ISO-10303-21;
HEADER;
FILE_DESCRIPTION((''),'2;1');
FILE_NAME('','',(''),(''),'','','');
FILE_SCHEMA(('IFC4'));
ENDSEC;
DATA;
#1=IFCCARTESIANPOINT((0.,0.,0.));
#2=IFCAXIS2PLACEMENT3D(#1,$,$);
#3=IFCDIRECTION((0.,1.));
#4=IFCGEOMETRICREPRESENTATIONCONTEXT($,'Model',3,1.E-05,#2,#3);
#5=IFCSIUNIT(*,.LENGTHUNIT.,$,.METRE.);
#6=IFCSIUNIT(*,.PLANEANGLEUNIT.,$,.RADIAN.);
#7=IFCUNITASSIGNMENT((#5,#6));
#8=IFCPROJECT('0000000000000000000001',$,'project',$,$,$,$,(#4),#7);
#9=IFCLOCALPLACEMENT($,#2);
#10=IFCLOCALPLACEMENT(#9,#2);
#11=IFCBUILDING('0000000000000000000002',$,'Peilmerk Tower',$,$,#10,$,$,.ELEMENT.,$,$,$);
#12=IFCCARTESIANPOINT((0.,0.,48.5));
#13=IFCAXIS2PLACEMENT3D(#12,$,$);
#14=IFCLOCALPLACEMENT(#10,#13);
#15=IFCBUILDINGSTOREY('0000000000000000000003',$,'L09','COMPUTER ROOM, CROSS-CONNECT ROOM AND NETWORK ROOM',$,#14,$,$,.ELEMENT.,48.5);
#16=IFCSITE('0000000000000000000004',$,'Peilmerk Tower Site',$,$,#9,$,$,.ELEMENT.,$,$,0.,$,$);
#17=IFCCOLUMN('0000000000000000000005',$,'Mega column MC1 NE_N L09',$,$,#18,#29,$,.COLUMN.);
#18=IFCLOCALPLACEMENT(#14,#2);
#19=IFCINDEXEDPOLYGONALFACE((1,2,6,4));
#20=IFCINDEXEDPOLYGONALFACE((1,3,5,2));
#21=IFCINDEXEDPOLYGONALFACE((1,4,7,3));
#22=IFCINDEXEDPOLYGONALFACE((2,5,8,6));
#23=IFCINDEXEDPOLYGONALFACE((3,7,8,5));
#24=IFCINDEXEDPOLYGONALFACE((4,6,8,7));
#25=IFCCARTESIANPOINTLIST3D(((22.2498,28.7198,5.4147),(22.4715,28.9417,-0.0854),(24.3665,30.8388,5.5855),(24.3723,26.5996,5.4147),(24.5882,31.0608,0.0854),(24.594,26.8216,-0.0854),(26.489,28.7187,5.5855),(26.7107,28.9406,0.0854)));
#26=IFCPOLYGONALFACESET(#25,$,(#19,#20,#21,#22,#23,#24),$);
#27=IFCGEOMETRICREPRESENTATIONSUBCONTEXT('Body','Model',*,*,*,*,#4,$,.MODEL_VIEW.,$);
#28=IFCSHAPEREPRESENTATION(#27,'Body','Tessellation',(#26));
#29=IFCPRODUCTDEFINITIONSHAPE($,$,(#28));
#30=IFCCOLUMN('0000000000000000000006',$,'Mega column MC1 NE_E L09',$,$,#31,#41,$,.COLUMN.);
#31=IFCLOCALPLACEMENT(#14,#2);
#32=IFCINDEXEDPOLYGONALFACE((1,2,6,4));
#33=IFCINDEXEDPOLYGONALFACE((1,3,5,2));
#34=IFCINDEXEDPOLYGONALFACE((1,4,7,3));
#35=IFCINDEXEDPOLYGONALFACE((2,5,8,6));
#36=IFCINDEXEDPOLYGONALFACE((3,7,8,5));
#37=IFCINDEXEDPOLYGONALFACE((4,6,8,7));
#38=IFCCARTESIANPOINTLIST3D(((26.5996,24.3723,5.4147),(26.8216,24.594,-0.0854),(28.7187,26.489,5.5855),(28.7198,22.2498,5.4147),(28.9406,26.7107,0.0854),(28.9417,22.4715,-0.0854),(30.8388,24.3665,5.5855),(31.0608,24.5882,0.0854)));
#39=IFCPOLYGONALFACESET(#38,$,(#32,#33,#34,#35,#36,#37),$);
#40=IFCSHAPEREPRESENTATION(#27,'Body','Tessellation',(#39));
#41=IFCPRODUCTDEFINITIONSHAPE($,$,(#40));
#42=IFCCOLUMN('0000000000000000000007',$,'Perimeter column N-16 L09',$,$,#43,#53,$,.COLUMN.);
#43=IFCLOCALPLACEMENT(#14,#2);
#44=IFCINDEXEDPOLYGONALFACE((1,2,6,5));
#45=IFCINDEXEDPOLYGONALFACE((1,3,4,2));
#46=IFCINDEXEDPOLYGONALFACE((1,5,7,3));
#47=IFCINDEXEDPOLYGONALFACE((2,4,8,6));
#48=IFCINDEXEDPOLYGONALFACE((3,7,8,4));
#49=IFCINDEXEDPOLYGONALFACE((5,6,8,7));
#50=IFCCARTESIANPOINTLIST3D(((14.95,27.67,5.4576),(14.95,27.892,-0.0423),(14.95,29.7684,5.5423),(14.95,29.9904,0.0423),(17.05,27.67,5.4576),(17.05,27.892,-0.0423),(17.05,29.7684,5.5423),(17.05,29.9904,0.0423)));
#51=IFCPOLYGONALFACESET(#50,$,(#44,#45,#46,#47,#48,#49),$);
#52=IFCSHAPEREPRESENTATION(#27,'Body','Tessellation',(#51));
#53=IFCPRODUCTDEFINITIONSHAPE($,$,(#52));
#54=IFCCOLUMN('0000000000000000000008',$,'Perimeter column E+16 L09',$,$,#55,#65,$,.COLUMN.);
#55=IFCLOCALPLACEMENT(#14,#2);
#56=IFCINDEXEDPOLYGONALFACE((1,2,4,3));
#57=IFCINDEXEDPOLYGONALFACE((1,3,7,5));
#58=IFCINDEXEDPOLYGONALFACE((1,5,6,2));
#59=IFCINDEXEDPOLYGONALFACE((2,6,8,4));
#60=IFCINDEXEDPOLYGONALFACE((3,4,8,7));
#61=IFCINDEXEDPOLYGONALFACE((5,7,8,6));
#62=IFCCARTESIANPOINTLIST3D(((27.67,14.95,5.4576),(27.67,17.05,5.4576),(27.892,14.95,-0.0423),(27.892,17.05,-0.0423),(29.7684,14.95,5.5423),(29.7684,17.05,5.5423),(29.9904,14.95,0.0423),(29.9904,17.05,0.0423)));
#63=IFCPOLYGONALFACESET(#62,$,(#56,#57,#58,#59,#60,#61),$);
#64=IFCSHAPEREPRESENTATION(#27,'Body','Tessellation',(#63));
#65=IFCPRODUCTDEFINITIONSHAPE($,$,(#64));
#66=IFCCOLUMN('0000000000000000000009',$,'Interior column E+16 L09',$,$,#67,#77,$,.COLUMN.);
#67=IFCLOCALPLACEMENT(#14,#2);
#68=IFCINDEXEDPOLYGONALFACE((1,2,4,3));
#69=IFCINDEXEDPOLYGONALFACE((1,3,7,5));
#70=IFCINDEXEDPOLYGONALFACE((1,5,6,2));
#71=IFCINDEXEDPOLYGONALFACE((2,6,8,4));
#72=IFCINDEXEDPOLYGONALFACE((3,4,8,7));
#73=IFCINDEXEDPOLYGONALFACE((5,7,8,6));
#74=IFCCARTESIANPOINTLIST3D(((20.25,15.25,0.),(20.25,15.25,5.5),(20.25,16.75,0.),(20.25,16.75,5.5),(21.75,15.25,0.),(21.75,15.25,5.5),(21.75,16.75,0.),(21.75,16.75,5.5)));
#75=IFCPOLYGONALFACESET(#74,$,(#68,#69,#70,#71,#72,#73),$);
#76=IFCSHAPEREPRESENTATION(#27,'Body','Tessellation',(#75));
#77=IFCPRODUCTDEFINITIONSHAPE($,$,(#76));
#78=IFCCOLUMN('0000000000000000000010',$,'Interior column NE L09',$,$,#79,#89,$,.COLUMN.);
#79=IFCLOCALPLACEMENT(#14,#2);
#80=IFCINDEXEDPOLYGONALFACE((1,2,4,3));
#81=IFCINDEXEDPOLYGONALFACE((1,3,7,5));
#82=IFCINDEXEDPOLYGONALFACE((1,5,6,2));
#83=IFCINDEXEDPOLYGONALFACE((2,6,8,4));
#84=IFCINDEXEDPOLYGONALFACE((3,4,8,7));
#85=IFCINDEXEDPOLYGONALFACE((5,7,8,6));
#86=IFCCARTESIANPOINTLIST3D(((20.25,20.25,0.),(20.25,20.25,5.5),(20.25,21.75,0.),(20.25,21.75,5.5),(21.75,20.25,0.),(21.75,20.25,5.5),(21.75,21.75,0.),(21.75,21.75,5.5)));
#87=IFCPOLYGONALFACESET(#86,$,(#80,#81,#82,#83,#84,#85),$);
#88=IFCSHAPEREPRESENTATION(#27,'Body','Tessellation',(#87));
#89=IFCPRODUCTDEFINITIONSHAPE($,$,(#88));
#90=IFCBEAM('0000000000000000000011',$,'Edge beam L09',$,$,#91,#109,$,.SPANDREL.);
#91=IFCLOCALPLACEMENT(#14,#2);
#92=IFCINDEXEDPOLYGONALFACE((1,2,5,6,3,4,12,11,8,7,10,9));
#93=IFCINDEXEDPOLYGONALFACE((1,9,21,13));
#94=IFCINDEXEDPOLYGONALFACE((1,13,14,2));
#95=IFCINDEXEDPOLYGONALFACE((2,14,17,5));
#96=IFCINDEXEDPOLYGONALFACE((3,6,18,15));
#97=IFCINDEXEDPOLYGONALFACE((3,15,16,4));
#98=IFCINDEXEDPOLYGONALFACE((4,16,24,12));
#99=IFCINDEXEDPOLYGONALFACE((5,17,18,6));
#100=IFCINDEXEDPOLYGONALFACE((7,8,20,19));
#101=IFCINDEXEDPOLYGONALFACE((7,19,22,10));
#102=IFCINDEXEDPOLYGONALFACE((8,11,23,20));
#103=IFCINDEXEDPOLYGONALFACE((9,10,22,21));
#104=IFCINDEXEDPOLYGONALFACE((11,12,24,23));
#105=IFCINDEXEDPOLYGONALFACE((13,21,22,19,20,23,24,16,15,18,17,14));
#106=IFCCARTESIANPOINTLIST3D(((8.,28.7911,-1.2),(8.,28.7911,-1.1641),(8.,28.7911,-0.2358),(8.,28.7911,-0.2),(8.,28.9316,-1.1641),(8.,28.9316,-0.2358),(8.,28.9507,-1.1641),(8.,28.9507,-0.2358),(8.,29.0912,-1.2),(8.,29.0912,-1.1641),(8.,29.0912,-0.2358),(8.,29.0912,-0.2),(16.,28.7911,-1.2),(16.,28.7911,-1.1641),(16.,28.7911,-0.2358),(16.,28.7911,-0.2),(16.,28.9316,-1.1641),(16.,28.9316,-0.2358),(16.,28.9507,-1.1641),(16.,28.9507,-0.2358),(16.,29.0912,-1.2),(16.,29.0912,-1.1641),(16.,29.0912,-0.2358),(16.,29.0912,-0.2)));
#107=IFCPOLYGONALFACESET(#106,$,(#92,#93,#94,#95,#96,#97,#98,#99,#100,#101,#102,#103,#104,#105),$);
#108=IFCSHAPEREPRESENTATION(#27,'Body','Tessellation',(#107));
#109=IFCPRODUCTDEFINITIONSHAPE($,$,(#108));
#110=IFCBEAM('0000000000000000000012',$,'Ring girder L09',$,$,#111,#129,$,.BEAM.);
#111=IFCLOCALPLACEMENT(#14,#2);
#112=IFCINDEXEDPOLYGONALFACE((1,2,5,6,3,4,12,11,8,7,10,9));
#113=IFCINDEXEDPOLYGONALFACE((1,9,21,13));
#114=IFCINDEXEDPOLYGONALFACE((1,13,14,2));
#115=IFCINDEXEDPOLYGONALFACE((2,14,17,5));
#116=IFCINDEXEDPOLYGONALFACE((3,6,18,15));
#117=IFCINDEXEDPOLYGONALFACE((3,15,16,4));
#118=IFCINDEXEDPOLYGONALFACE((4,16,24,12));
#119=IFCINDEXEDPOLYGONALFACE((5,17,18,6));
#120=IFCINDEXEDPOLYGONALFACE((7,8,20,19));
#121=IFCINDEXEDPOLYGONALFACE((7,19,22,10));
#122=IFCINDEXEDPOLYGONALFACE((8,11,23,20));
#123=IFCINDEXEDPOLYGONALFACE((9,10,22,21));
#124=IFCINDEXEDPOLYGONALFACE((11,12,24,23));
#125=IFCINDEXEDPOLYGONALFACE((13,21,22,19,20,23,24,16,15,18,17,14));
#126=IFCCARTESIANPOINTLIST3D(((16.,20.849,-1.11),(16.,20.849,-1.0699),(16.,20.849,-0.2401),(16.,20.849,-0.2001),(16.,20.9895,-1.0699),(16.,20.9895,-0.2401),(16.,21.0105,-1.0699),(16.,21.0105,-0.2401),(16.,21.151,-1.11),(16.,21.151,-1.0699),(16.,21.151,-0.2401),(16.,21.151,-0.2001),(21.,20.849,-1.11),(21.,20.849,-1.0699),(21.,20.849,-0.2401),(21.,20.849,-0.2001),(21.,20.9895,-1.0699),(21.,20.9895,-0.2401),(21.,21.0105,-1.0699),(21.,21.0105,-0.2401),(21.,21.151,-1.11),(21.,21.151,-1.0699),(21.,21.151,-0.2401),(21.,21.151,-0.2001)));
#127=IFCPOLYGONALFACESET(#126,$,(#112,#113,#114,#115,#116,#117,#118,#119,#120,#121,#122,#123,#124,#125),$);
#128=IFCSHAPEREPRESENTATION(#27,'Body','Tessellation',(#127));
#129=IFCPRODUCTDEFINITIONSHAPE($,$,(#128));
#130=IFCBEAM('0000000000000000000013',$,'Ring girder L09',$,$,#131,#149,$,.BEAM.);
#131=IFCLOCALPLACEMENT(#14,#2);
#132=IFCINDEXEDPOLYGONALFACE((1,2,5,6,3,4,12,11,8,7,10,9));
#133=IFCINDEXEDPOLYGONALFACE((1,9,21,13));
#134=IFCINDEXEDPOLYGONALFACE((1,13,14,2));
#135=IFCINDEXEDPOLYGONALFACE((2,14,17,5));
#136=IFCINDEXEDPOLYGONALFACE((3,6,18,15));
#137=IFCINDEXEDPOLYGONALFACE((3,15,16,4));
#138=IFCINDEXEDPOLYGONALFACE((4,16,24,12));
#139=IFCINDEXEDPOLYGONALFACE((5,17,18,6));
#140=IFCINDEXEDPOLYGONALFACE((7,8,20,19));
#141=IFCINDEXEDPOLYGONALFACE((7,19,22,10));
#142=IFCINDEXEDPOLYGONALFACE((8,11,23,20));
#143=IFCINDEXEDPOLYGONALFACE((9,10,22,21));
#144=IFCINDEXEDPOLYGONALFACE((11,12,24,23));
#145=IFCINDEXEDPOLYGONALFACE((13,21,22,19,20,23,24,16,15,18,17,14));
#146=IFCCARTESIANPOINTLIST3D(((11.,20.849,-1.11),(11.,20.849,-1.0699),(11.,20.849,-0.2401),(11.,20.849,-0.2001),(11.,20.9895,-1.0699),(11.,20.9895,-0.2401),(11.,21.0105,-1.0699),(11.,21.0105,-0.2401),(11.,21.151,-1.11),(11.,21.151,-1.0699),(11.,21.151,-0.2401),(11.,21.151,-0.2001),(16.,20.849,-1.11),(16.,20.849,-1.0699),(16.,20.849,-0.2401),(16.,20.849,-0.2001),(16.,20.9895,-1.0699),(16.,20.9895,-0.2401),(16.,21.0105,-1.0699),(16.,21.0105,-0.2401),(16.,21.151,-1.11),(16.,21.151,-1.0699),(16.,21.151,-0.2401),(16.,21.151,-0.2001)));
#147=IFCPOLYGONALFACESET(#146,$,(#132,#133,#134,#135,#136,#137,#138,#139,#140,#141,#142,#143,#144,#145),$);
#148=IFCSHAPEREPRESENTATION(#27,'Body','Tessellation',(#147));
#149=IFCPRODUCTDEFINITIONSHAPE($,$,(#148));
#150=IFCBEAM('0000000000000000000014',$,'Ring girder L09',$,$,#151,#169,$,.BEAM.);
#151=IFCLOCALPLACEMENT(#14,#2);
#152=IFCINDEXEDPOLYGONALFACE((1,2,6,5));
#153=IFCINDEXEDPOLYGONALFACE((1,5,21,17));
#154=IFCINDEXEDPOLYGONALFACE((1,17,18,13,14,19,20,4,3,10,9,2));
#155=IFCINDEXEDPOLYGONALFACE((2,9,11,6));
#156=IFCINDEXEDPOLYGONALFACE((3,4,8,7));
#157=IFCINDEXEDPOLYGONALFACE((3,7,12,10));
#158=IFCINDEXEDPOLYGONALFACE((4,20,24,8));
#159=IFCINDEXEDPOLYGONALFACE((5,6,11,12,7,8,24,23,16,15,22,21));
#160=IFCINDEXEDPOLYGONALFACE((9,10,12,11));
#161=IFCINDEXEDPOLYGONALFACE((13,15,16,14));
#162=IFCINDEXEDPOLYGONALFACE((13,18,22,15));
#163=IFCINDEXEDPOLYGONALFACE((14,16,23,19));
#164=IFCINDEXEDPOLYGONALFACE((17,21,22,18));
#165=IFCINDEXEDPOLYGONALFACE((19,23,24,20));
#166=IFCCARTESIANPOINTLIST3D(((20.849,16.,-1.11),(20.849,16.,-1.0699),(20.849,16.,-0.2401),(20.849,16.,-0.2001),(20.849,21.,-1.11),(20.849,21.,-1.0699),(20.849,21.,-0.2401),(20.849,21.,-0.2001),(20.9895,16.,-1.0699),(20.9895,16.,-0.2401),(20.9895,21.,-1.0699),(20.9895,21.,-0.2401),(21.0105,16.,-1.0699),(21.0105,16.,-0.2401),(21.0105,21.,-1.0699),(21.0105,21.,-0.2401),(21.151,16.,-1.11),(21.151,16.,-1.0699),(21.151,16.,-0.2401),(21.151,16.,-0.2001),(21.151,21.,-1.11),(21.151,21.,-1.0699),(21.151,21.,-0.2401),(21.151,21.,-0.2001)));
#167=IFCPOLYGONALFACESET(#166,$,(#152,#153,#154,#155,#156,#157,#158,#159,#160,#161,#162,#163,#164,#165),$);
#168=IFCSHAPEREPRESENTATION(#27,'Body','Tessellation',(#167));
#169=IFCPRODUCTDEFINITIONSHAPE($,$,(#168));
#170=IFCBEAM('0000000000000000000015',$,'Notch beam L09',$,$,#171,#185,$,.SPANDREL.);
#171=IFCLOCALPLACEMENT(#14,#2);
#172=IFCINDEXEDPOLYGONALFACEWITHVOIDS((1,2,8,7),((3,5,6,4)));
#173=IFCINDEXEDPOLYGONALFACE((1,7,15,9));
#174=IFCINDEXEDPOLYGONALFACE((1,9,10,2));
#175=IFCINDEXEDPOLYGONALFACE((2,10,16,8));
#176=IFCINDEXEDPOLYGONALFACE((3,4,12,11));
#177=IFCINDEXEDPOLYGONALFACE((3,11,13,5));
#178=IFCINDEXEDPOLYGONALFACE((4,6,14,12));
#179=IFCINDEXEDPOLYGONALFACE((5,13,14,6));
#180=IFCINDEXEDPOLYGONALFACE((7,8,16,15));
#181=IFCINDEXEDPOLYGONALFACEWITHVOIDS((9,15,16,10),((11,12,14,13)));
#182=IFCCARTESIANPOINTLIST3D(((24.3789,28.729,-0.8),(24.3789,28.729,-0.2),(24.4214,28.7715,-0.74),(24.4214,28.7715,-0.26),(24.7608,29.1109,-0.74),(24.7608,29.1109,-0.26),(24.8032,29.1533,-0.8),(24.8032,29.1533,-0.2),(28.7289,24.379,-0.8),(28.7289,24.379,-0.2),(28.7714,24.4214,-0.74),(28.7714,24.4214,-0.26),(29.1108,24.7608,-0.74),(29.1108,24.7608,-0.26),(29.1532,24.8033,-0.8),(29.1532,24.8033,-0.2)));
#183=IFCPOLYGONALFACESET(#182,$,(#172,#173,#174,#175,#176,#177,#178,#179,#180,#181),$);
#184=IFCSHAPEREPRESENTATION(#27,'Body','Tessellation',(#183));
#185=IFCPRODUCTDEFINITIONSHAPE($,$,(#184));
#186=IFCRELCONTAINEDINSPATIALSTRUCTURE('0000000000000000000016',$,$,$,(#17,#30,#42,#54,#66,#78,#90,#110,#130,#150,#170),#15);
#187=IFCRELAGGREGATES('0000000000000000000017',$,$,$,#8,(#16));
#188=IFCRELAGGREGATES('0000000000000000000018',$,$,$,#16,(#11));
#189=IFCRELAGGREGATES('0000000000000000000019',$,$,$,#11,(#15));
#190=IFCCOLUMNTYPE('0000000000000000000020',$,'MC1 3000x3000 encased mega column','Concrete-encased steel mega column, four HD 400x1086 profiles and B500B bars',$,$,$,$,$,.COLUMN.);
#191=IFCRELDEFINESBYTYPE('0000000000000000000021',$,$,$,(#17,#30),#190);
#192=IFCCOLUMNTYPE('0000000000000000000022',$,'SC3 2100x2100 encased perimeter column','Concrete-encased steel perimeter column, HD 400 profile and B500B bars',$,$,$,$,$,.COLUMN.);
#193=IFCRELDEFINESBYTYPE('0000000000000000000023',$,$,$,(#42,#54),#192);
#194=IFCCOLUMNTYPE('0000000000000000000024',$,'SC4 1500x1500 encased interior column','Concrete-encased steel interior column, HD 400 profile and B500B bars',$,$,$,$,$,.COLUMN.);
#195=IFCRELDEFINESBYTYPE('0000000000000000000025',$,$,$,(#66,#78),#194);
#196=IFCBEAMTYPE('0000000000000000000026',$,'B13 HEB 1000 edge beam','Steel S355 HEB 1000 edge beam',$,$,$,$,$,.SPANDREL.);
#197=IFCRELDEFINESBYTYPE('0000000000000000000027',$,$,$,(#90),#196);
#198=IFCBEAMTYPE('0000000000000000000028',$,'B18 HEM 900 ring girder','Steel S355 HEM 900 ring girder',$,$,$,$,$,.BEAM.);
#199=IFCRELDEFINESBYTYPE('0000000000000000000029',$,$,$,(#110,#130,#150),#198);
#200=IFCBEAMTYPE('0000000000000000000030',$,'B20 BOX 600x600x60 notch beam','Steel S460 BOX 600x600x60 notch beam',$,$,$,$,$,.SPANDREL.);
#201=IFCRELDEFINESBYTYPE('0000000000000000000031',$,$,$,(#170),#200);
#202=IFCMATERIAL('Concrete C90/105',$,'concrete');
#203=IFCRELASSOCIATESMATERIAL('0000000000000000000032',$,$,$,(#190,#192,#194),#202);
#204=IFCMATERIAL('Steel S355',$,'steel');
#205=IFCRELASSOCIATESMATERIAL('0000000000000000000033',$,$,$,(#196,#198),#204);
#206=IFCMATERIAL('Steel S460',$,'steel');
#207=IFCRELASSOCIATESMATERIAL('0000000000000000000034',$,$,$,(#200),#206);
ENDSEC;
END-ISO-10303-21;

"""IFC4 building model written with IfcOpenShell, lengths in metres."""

from ifc_helpers import new_model, si_unit, direction, frame, origin, origin_2d, place, context, subcontext, project, spatial, rectangle, hollow_rectangle, i_section, extrude, material, material_profile, profile_set, type_object, element, save


model = new_model("IFC4")

# Units and contexts
model_context = context("Model", 3, precision=1e-05, world=origin(), true_north=direction((0.0, 1.0)))
body_context = subcontext(model_context, "Body", "Model", "MODEL_VIEW")
ifc_project = project(units=[si_unit("LENGTHUNIT", "METRE"), si_unit("PLANEANGLEUNIT", "RADIAN")], contexts=[model_context])

# Site, building, storey
site_placement = place(None, origin())
site = spatial("IfcSite", under=ifc_project, at=site_placement, Name="Peilmerk Tower Site", CompositionType="ELEMENT", RefElevation=0.0)
building_placement = place(site_placement, origin())
building = spatial("IfcBuilding", under=site, at=building_placement, Name="Peilmerk Tower", CompositionType="ELEMENT")
storey_placement = place(building_placement, frame((0.0, 0.0, 48.5)))
storey = spatial("IfcBuildingStorey", under=building, at=storey_placement, Name="L09", Description="COMPUTER ROOM, CROSS-CONNECT ROOM AND NETWORK ROOM", CompositionType="ELEMENT", Elevation=48.5)

# Columns
ifc_material_1 = material(Name="Concrete C90/105", Category="concrete")
ifc_material_profile_1 = material_profile(ifc_material_1, rectangle(XDim=3.0, YDim=3.0, at=origin_2d()), Name="RC 3000x3000")
ifc_profile_set_1 = profile_set([ifc_material_profile_1], Name="Concrete C90/105")
column_type_1 = type_object("IfcColumnType", Name="MC1 3000x3000 encased mega column", Description="Concrete-encased steel mega column, four HD 400x1086 profiles and B500B bars", PredefinedType="COLUMN", material=ifc_profile_set_1)
for number, where, z_axis, x_axis, name in (
    (1, (24.5911, 28.9412, 0.0), (-0.04024, -0.040284, 0.998378), (0.707496, -0.706718, 0.0), "Mega column MC1 NE_N L09"),
    (2, (28.9412, 24.5911, 0.0), (-0.040284, -0.04024, 0.998378), (0.706718, -0.707496, 0.0), "Mega column MC1 NE_E L09"),
):
    element("IfcColumn", number, at=place(storey_placement, frame(where, z_axis=z_axis, x_axis=x_axis)), inside=storey, type_object=column_type_1, Name=name, PredefinedType="COLUMN", context=body_context, shape_type="SweptSolid", body=[
        extrude(rectangle(XDim=3.0, YDim=3.0, at=origin_2d()), origin(), (0.0, 0.0, 1.0), 5.509),
    ])
ifc_material_profile_2 = material_profile(ifc_material_1, rectangle(XDim=2.1001, YDim=2.1001, at=origin_2d()), Name="RC 2100x2100")
ifc_profile_set_2 = profile_set([ifc_material_profile_2], Name="Concrete C90/105")
column_type_2 = type_object("IfcColumnType", Name="SC3 2100x2100 encased perimeter column", Description="Concrete-encased steel perimeter column, HD 400 profile and B500B bars", PredefinedType="COLUMN", material=ifc_profile_set_2)
for number, where, z_axis, x_axis, name in (
    (3, (16.0, 28.9412, 0.0), (0.0, -0.040317, 0.999187), (1.0, 0.0, 0.0), "Perimeter column N-16 L09"),
    (4, (28.9412, 16.0, 0.0), (-0.040317, 0.0, 0.999187), (0.0, -1.0, 0.0), "Perimeter column E+16 L09"),
):
    element("IfcColumn", number, at=place(storey_placement, frame(where, z_axis=z_axis, x_axis=x_axis)), inside=storey, type_object=column_type_2, Name=name, PredefinedType="COLUMN", context=body_context, shape_type="SweptSolid", body=[
        extrude(rectangle(XDim=2.1001, YDim=2.1001, at=origin_2d()), origin(), (0.0, 0.0, 1.0), 5.5044),
    ])
ifc_material_profile_3 = material_profile(ifc_material_1, rectangle(XDim=1.5, YDim=1.5, at=origin_2d()), Name="RC 1500x1500")
ifc_profile_set_3 = profile_set([ifc_material_profile_3], Name="Concrete C90/105")
column_type_3 = type_object("IfcColumnType", Name="SC4 1500x1500 encased interior column", Description="Concrete-encased steel interior column, HD 400 profile and B500B bars", PredefinedType="COLUMN", material=ifc_profile_set_3)
for number, where, z_axis, x_axis, name in (
    (5, (21.0, 16.0, 0.0), (0.0, 0.0, 1.0), (1.0, 0.0, 0.0), "Interior column E+16 L09"),
    (6, (21.0, 21.0, 0.0), (0.0, 0.0, 1.0), (1.0, 0.0, 0.0), "Interior column NE L09"),
):
    element("IfcColumn", number, at=place(storey_placement, frame(where, z_axis=z_axis, x_axis=x_axis)), inside=storey, type_object=column_type_3, Name=name, PredefinedType="COLUMN", context=body_context, shape_type="SweptSolid", body=[
        extrude(rectangle(XDim=1.5, YDim=1.5, at=origin_2d()), origin(), (0.0, 0.0, 1.0), 5.5),
    ])

# Beams
ifc_material_2 = material(Name="Steel S355", Category="steel")
ifc_material_profile_4 = material_profile(ifc_material_2, i_section(OverallWidth=0.3, OverallDepth=1.0, WebThickness=0.019, FlangeThickness=0.0359, at=origin_2d()), Name="HEB 1000")
ifc_profile_set_4 = profile_set([ifc_material_profile_4], Name="Steel S355")
beam_type_1 = type_object("IfcBeamType", Name="B13 HEB 1000 edge beam", Description="Steel S355 HEB 1000 edge beam", PredefinedType="SPANDREL", material=ifc_profile_set_4)
beam_1_placement = place(storey_placement, frame((16.0, 28.9412, -0.7), z_axis=(-1.0, 0.0, 0.0), x_axis=(0.0, -1.0, 0.0)))
element("IfcBeam", 7, at=beam_1_placement, inside=storey, type_object=beam_type_1, Name="Edge beam L09", PredefinedType="SPANDREL", context=body_context, shape_type="SweptSolid", body=[
    extrude(i_section(OverallWidth=0.3, OverallDepth=1.0, WebThickness=0.019, FlangeThickness=0.0359, at=origin_2d()), origin(), (0.0, 0.0, 1.0), 8.0),
])
ifc_material_profile_5 = material_profile(ifc_material_2, i_section(OverallWidth=0.302, OverallDepth=0.9099, WebThickness=0.021, FlangeThickness=0.04, at=origin_2d()), Name="HEM 900")
ifc_profile_set_5 = profile_set([ifc_material_profile_5], Name="Steel S355")
beam_type_2 = type_object("IfcBeamType", Name="B18 HEM 900 ring girder", Description="Steel S355 HEM 900 ring girder", PredefinedType="BEAM", material=ifc_profile_set_5)
for number, where, z_axis, x_axis, name in (
    (8, (21.0, 21.0, -0.655), (-1.0, 0.0, 0.0), (0.0, -1.0, 0.0), "Ring girder L09"),
    (9, (16.0, 21.0, -0.655), (-1.0, 0.0, 0.0), (0.0, -1.0, 0.0), "Ring girder L09"),
    (10, (21.0, 16.0, -0.655), (0.0, 1.0, 0.0), (-1.0, 0.0, 0.0), "Ring girder L09"),
):
    element("IfcBeam", number, at=place(storey_placement, frame(where, z_axis=z_axis, x_axis=x_axis)), inside=storey, type_object=beam_type_2, Name=name, PredefinedType="BEAM", context=body_context, shape_type="SweptSolid", body=[
        extrude(i_section(OverallWidth=0.302, OverallDepth=0.9099, WebThickness=0.021, FlangeThickness=0.04, at=origin_2d()), origin(), (0.0, 0.0, 1.0), 5.0),
    ])
ifc_material_3 = material(Name="Steel S460", Category="steel")
ifc_material_profile_6 = material_profile(ifc_material_3, hollow_rectangle(XDim=0.6001, YDim=0.6001, WallThickness=0.0601, at=origin_2d()), Name="BOX 600x600x60")
ifc_profile_set_6 = profile_set([ifc_material_profile_6], Name="Steel S460")
beam_type_3 = type_object("IfcBeamType", Name="B20 BOX 600x600x60 notch beam", Description="Steel S460 BOX 600x600x60 notch beam", PredefinedType="SPANDREL", material=ifc_profile_set_6)
beam_2_placement = place(storey_placement, frame((24.5911, 28.9412, -0.5), z_axis=(0.707107, -0.707107, 0.0), x_axis=(0.707107, 0.707107, 0.0)))
element("IfcBeam", 11, at=beam_2_placement, inside=storey, type_object=beam_type_3, Name="Notch beam L09", PredefinedType="SPANDREL", context=body_context, shape_type="SweptSolid", body=[
    extrude(hollow_rectangle(XDim=0.6001, YDim=0.6001, WallThickness=0.0601, at=origin_2d()), origin(), (0.0, 0.0, 1.0), 6.1519),
])

save(model, "model.ifc")
